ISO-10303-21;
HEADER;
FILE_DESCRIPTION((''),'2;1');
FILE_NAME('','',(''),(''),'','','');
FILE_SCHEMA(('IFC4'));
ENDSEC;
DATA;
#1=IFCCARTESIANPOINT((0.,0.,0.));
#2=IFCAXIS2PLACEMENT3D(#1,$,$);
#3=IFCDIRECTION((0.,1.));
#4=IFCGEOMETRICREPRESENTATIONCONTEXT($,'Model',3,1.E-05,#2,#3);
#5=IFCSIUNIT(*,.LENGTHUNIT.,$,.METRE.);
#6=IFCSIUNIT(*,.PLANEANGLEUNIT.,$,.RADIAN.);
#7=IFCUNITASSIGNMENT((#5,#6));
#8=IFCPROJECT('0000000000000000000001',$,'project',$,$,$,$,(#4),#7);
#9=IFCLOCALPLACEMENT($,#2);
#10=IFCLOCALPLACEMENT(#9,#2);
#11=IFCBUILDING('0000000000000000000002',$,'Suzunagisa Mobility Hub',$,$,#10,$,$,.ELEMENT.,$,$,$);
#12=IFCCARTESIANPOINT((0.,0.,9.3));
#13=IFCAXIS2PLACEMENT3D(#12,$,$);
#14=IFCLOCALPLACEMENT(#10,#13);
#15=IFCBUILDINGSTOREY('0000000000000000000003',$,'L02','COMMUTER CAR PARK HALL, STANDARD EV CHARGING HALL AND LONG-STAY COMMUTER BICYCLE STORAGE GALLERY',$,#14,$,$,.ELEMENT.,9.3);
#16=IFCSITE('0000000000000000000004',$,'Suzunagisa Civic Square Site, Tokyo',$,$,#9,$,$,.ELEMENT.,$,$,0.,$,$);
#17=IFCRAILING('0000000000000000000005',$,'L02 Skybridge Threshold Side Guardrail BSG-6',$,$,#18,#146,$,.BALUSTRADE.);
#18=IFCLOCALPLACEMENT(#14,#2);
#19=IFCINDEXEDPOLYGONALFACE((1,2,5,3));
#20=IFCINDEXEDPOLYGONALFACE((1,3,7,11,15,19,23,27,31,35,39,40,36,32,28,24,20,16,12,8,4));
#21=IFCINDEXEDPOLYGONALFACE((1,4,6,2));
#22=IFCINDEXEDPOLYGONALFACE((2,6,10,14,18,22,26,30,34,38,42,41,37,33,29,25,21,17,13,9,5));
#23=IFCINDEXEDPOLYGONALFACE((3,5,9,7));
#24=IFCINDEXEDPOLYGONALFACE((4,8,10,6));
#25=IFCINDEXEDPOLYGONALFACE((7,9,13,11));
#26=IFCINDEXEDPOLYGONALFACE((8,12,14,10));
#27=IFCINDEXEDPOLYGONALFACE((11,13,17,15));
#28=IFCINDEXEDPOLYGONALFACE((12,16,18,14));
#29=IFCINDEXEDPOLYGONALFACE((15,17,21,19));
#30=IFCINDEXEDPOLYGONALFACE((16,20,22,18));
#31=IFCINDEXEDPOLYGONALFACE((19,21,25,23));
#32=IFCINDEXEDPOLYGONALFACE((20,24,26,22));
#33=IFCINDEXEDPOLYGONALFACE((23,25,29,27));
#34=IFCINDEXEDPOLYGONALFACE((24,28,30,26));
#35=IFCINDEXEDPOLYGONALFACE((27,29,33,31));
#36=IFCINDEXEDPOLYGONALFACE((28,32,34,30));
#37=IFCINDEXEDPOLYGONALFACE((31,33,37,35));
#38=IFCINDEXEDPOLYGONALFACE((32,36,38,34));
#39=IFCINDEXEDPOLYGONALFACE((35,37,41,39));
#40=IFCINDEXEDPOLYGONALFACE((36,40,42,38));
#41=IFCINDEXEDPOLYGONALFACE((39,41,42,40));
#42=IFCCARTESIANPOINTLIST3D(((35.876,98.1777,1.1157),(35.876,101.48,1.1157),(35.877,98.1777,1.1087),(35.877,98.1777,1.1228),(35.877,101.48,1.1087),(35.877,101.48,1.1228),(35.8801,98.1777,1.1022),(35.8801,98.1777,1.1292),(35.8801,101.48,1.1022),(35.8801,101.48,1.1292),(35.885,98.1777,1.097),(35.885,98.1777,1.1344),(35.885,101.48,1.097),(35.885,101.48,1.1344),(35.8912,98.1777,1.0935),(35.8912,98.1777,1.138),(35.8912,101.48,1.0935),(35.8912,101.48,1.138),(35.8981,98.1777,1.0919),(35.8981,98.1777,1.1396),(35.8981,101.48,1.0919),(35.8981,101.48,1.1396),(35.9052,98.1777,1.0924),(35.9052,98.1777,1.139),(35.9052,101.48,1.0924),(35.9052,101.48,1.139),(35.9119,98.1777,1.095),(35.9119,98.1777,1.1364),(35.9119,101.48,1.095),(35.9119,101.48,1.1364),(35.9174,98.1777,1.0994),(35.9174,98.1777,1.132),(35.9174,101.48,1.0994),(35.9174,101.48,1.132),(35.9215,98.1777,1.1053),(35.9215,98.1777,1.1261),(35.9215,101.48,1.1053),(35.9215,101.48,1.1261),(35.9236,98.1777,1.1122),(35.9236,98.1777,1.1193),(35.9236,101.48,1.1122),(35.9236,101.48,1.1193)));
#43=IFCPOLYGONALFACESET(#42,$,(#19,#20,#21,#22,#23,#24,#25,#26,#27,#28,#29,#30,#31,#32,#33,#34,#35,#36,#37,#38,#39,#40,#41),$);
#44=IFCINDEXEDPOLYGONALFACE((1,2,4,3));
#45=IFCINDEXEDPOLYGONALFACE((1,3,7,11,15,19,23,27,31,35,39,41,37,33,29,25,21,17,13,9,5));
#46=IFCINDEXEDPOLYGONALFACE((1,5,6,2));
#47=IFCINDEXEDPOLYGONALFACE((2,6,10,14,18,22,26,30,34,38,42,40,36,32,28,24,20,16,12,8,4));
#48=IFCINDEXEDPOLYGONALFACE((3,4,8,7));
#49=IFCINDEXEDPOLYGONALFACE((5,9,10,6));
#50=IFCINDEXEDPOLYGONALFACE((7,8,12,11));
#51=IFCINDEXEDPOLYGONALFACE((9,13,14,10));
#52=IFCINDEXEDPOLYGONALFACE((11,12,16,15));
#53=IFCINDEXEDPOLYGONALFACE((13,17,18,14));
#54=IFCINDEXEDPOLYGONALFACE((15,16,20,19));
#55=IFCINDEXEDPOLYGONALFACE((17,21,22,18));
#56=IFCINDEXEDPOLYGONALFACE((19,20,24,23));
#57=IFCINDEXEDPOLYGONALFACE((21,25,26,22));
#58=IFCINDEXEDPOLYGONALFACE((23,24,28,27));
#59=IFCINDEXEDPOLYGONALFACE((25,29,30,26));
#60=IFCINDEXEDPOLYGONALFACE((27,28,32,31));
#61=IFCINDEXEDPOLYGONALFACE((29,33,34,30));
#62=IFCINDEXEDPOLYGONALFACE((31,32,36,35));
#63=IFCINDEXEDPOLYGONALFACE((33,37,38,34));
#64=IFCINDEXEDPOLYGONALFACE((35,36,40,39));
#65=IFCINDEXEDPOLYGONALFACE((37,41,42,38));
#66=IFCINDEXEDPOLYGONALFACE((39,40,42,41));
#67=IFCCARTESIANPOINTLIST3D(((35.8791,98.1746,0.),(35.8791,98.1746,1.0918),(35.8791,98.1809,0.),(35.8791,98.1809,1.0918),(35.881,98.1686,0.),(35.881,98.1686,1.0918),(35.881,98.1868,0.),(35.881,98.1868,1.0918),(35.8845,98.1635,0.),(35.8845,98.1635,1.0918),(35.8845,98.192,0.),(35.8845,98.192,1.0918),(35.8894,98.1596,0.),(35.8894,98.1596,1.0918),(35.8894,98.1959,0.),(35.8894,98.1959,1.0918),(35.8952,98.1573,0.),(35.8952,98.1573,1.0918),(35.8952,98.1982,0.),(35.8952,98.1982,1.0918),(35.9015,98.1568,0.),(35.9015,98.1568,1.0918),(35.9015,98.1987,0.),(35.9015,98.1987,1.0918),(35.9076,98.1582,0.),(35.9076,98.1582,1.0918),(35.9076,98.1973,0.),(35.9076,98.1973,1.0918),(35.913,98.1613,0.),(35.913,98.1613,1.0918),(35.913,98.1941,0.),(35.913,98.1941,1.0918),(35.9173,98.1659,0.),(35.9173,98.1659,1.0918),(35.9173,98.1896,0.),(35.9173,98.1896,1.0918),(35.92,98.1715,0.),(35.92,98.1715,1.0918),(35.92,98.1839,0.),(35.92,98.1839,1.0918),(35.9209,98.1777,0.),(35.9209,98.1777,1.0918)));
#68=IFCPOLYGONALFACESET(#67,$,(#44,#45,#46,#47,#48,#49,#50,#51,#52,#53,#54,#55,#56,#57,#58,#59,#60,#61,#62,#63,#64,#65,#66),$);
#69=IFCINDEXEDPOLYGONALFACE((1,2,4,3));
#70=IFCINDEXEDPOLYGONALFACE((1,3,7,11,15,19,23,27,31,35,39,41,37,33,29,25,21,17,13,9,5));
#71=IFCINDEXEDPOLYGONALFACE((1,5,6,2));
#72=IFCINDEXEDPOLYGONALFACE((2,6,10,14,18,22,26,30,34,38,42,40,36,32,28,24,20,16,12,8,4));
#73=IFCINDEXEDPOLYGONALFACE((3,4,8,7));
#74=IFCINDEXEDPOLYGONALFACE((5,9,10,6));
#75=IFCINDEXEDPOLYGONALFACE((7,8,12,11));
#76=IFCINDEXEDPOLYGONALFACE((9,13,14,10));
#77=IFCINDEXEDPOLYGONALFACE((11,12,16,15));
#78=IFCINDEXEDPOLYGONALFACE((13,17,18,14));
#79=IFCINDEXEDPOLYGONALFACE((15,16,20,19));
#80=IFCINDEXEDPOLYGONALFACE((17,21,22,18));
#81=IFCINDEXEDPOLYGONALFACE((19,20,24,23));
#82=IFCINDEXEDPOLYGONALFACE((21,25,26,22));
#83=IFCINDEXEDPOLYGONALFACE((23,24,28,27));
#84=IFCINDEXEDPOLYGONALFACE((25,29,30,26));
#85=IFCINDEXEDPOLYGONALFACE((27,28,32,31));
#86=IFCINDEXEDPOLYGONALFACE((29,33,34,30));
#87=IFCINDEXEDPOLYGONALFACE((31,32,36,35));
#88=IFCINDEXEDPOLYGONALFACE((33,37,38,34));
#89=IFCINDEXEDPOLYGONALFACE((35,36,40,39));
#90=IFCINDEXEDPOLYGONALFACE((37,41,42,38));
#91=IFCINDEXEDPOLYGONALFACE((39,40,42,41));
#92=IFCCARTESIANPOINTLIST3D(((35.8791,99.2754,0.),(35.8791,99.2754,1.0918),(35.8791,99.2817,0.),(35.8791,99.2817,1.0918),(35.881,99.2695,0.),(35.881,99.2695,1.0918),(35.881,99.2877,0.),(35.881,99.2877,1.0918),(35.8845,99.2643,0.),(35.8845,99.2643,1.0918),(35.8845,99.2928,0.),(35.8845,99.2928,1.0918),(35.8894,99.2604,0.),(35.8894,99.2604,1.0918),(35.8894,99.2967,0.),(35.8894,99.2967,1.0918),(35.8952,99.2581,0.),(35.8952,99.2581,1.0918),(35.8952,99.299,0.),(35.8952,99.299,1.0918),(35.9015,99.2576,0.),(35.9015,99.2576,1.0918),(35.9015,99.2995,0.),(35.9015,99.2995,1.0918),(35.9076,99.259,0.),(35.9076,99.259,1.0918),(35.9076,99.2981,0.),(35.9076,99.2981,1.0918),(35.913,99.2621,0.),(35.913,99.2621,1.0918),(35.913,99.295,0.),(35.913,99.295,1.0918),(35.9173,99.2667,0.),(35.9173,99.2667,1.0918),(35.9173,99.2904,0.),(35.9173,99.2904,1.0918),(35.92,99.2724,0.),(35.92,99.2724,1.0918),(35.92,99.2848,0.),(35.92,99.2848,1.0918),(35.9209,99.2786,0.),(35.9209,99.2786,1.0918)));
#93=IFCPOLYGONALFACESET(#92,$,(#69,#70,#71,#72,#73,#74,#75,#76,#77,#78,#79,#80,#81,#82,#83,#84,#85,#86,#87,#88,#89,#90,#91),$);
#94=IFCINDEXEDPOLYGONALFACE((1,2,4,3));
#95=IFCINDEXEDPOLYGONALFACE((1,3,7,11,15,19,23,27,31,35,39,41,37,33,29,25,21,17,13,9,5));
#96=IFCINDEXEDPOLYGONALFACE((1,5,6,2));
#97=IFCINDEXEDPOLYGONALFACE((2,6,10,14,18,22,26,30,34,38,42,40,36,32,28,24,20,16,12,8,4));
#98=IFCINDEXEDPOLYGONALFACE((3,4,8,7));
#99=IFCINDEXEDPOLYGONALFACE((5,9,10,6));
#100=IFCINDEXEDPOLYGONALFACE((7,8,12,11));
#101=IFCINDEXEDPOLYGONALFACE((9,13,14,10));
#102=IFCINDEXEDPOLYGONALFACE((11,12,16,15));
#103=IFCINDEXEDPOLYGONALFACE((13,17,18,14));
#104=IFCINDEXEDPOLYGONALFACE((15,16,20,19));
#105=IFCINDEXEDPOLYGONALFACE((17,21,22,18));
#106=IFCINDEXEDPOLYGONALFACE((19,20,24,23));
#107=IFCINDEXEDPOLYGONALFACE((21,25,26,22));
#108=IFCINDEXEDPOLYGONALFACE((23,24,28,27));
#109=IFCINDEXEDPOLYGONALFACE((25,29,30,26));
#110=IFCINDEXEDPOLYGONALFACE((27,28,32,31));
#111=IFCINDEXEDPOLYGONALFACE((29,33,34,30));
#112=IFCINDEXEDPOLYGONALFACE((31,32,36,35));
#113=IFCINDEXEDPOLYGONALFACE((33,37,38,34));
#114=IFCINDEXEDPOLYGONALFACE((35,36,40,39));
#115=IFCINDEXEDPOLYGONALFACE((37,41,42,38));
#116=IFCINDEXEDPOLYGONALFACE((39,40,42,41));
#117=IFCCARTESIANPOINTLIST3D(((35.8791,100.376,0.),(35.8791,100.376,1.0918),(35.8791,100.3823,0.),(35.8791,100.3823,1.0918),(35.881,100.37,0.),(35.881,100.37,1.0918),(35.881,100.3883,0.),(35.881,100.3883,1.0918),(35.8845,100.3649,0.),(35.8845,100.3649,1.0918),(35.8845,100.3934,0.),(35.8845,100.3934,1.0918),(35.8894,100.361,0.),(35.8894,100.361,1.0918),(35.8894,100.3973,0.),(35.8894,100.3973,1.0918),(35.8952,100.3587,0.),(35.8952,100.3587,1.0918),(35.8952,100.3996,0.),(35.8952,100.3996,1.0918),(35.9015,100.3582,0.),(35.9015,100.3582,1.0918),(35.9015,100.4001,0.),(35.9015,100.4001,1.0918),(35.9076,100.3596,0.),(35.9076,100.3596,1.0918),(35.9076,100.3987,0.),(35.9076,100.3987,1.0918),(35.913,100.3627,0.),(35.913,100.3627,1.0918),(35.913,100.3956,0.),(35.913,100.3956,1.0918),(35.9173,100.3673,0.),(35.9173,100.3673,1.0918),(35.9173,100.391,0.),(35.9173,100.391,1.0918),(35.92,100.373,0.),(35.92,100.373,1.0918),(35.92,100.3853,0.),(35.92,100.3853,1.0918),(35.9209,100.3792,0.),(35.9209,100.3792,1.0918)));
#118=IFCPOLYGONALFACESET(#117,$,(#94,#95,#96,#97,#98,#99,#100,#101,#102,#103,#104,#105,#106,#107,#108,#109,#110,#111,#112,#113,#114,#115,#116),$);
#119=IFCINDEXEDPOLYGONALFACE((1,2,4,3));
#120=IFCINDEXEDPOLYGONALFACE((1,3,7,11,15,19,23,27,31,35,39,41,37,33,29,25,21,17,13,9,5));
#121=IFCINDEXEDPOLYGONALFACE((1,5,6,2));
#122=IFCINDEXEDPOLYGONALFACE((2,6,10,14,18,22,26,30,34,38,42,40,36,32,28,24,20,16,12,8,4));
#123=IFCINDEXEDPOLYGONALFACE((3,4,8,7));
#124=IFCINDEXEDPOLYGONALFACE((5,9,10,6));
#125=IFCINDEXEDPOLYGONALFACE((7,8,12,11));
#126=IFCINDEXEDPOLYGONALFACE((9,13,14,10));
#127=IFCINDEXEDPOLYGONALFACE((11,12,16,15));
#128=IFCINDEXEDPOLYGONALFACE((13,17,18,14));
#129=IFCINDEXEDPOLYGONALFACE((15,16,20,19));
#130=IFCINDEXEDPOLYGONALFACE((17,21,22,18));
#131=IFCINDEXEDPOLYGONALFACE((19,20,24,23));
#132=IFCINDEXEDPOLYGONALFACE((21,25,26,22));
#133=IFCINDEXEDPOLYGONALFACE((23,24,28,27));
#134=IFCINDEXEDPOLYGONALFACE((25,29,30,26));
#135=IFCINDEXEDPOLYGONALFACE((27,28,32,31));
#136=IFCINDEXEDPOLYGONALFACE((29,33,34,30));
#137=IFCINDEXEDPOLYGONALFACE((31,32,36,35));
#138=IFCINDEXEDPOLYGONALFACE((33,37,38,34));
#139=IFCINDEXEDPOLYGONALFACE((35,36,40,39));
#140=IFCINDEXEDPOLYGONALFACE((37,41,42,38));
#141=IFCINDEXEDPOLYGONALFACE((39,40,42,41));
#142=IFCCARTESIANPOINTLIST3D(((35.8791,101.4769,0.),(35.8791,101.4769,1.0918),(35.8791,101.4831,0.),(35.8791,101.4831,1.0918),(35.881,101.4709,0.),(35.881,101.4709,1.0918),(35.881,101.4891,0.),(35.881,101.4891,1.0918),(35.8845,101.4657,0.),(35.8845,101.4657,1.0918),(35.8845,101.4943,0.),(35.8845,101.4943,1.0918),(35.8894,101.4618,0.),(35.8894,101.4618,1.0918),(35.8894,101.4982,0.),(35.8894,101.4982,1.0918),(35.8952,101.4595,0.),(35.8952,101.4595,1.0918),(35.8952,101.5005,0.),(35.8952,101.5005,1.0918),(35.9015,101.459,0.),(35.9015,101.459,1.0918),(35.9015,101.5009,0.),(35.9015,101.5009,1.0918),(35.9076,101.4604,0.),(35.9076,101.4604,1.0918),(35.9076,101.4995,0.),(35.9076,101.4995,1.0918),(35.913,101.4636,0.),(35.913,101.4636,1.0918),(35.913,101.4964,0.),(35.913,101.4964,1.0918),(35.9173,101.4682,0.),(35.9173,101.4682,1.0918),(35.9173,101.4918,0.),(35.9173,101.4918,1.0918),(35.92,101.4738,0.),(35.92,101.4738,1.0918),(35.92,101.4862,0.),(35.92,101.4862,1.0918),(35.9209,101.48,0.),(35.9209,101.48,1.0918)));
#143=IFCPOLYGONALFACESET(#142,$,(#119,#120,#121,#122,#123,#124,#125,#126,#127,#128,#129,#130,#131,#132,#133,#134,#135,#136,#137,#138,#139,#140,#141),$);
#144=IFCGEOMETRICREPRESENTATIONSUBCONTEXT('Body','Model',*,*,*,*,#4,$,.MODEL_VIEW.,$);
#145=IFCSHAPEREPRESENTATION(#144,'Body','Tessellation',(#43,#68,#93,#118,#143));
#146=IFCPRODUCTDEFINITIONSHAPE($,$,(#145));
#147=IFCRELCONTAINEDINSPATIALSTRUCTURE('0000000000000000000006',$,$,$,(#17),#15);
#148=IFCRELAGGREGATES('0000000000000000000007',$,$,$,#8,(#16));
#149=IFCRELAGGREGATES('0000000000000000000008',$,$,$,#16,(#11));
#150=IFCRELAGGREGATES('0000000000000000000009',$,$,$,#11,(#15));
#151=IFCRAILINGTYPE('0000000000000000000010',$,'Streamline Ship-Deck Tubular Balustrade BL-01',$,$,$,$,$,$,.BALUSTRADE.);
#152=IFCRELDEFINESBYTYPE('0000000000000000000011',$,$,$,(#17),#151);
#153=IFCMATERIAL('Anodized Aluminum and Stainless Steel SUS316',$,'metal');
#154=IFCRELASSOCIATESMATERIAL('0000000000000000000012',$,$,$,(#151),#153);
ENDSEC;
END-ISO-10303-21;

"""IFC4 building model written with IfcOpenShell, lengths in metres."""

from ifc_helpers import new_model, si_unit, direction, frame, origin, origin_2d, place, context, subcontext, project, spatial, circle, extrude, material, type_object, element, save


model = new_model("IFC4")

# Units and contexts
model_context = context("Model", 3, precision=1e-05, world=origin(), true_north=direction((0.0, 1.0)))
body_context = subcontext(model_context, "Body", "Model", "MODEL_VIEW")
ifc_project = project(units=[si_unit("LENGTHUNIT", "METRE"), si_unit("PLANEANGLEUNIT", "RADIAN")], contexts=[model_context])

# Site, building, storey
site_placement = place(None, origin())
site = spatial("IfcSite", under=ifc_project, at=site_placement, Name="Suzunagisa Civic Square Site, Tokyo", CompositionType="ELEMENT", RefElevation=0.0)
building_placement = place(site_placement, origin())
building = spatial("IfcBuilding", under=site, at=building_placement, Name="Suzunagisa Mobility Hub", CompositionType="ELEMENT")
storey_placement = place(building_placement, frame((0.0, 0.0, 9.3)))
storey = spatial("IfcBuildingStorey", under=building, at=storey_placement, Name="L02", Description="COMMUTER CAR PARK HALL, STANDARD EV CHARGING HALL AND LONG-STAY COMMUTER BICYCLE STORAGE GALLERY", CompositionType="ELEMENT", Elevation=9.3)

# Railing
ifc_material_1 = material(Name="Anodized Aluminum and Stainless Steel SUS316", Category="metal")
railing_type_1 = type_object("IfcRailingType", Name="Streamline Ship-Deck Tubular Balustrade BL-01", PredefinedType="BALUSTRADE", material=ifc_material_1)
railing_1_placement = place(storey_placement, frame((35.8999, 98.1777, 0.0)))
element("IfcRailing", 1, at=railing_1_placement, inside=storey, type_object=railing_type_1, Name="L02 Skybridge Threshold Side Guardrail BSG-6", PredefinedType="BALUSTRADE", context=body_context, shape_type="SweptSolid", body=[
    extrude(circle(Radius=0.0239, at=origin_2d()), frame((0.0, 0.0, 1.1157), z_axis=(0.0, 1.0, 0.0), x_axis=(-1.0, 0.0, 0.0)), (0.0, 0.0, 1.0), 3.3022),
    extrude(circle(Radius=0.021, at=origin_2d()), origin(), (0.0, 0.0, 1.0), 1.0918),
    extrude(circle(Radius=0.021, at=origin_2d()), frame((0.0, 1.1008, 0.0)), (0.0, 0.0, 1.0), 1.0918),
    extrude(circle(Radius=0.021, at=origin_2d()), frame((0.0, 2.2014, 0.0)), (0.0, 0.0, 1.0), 1.0918),
    extrude(circle(Radius=0.021, at=origin_2d()), frame((0.0, 3.3022, 0.0)), (0.0, 0.0, 1.0), 1.0918),
])

save(model, "model.ifc")
